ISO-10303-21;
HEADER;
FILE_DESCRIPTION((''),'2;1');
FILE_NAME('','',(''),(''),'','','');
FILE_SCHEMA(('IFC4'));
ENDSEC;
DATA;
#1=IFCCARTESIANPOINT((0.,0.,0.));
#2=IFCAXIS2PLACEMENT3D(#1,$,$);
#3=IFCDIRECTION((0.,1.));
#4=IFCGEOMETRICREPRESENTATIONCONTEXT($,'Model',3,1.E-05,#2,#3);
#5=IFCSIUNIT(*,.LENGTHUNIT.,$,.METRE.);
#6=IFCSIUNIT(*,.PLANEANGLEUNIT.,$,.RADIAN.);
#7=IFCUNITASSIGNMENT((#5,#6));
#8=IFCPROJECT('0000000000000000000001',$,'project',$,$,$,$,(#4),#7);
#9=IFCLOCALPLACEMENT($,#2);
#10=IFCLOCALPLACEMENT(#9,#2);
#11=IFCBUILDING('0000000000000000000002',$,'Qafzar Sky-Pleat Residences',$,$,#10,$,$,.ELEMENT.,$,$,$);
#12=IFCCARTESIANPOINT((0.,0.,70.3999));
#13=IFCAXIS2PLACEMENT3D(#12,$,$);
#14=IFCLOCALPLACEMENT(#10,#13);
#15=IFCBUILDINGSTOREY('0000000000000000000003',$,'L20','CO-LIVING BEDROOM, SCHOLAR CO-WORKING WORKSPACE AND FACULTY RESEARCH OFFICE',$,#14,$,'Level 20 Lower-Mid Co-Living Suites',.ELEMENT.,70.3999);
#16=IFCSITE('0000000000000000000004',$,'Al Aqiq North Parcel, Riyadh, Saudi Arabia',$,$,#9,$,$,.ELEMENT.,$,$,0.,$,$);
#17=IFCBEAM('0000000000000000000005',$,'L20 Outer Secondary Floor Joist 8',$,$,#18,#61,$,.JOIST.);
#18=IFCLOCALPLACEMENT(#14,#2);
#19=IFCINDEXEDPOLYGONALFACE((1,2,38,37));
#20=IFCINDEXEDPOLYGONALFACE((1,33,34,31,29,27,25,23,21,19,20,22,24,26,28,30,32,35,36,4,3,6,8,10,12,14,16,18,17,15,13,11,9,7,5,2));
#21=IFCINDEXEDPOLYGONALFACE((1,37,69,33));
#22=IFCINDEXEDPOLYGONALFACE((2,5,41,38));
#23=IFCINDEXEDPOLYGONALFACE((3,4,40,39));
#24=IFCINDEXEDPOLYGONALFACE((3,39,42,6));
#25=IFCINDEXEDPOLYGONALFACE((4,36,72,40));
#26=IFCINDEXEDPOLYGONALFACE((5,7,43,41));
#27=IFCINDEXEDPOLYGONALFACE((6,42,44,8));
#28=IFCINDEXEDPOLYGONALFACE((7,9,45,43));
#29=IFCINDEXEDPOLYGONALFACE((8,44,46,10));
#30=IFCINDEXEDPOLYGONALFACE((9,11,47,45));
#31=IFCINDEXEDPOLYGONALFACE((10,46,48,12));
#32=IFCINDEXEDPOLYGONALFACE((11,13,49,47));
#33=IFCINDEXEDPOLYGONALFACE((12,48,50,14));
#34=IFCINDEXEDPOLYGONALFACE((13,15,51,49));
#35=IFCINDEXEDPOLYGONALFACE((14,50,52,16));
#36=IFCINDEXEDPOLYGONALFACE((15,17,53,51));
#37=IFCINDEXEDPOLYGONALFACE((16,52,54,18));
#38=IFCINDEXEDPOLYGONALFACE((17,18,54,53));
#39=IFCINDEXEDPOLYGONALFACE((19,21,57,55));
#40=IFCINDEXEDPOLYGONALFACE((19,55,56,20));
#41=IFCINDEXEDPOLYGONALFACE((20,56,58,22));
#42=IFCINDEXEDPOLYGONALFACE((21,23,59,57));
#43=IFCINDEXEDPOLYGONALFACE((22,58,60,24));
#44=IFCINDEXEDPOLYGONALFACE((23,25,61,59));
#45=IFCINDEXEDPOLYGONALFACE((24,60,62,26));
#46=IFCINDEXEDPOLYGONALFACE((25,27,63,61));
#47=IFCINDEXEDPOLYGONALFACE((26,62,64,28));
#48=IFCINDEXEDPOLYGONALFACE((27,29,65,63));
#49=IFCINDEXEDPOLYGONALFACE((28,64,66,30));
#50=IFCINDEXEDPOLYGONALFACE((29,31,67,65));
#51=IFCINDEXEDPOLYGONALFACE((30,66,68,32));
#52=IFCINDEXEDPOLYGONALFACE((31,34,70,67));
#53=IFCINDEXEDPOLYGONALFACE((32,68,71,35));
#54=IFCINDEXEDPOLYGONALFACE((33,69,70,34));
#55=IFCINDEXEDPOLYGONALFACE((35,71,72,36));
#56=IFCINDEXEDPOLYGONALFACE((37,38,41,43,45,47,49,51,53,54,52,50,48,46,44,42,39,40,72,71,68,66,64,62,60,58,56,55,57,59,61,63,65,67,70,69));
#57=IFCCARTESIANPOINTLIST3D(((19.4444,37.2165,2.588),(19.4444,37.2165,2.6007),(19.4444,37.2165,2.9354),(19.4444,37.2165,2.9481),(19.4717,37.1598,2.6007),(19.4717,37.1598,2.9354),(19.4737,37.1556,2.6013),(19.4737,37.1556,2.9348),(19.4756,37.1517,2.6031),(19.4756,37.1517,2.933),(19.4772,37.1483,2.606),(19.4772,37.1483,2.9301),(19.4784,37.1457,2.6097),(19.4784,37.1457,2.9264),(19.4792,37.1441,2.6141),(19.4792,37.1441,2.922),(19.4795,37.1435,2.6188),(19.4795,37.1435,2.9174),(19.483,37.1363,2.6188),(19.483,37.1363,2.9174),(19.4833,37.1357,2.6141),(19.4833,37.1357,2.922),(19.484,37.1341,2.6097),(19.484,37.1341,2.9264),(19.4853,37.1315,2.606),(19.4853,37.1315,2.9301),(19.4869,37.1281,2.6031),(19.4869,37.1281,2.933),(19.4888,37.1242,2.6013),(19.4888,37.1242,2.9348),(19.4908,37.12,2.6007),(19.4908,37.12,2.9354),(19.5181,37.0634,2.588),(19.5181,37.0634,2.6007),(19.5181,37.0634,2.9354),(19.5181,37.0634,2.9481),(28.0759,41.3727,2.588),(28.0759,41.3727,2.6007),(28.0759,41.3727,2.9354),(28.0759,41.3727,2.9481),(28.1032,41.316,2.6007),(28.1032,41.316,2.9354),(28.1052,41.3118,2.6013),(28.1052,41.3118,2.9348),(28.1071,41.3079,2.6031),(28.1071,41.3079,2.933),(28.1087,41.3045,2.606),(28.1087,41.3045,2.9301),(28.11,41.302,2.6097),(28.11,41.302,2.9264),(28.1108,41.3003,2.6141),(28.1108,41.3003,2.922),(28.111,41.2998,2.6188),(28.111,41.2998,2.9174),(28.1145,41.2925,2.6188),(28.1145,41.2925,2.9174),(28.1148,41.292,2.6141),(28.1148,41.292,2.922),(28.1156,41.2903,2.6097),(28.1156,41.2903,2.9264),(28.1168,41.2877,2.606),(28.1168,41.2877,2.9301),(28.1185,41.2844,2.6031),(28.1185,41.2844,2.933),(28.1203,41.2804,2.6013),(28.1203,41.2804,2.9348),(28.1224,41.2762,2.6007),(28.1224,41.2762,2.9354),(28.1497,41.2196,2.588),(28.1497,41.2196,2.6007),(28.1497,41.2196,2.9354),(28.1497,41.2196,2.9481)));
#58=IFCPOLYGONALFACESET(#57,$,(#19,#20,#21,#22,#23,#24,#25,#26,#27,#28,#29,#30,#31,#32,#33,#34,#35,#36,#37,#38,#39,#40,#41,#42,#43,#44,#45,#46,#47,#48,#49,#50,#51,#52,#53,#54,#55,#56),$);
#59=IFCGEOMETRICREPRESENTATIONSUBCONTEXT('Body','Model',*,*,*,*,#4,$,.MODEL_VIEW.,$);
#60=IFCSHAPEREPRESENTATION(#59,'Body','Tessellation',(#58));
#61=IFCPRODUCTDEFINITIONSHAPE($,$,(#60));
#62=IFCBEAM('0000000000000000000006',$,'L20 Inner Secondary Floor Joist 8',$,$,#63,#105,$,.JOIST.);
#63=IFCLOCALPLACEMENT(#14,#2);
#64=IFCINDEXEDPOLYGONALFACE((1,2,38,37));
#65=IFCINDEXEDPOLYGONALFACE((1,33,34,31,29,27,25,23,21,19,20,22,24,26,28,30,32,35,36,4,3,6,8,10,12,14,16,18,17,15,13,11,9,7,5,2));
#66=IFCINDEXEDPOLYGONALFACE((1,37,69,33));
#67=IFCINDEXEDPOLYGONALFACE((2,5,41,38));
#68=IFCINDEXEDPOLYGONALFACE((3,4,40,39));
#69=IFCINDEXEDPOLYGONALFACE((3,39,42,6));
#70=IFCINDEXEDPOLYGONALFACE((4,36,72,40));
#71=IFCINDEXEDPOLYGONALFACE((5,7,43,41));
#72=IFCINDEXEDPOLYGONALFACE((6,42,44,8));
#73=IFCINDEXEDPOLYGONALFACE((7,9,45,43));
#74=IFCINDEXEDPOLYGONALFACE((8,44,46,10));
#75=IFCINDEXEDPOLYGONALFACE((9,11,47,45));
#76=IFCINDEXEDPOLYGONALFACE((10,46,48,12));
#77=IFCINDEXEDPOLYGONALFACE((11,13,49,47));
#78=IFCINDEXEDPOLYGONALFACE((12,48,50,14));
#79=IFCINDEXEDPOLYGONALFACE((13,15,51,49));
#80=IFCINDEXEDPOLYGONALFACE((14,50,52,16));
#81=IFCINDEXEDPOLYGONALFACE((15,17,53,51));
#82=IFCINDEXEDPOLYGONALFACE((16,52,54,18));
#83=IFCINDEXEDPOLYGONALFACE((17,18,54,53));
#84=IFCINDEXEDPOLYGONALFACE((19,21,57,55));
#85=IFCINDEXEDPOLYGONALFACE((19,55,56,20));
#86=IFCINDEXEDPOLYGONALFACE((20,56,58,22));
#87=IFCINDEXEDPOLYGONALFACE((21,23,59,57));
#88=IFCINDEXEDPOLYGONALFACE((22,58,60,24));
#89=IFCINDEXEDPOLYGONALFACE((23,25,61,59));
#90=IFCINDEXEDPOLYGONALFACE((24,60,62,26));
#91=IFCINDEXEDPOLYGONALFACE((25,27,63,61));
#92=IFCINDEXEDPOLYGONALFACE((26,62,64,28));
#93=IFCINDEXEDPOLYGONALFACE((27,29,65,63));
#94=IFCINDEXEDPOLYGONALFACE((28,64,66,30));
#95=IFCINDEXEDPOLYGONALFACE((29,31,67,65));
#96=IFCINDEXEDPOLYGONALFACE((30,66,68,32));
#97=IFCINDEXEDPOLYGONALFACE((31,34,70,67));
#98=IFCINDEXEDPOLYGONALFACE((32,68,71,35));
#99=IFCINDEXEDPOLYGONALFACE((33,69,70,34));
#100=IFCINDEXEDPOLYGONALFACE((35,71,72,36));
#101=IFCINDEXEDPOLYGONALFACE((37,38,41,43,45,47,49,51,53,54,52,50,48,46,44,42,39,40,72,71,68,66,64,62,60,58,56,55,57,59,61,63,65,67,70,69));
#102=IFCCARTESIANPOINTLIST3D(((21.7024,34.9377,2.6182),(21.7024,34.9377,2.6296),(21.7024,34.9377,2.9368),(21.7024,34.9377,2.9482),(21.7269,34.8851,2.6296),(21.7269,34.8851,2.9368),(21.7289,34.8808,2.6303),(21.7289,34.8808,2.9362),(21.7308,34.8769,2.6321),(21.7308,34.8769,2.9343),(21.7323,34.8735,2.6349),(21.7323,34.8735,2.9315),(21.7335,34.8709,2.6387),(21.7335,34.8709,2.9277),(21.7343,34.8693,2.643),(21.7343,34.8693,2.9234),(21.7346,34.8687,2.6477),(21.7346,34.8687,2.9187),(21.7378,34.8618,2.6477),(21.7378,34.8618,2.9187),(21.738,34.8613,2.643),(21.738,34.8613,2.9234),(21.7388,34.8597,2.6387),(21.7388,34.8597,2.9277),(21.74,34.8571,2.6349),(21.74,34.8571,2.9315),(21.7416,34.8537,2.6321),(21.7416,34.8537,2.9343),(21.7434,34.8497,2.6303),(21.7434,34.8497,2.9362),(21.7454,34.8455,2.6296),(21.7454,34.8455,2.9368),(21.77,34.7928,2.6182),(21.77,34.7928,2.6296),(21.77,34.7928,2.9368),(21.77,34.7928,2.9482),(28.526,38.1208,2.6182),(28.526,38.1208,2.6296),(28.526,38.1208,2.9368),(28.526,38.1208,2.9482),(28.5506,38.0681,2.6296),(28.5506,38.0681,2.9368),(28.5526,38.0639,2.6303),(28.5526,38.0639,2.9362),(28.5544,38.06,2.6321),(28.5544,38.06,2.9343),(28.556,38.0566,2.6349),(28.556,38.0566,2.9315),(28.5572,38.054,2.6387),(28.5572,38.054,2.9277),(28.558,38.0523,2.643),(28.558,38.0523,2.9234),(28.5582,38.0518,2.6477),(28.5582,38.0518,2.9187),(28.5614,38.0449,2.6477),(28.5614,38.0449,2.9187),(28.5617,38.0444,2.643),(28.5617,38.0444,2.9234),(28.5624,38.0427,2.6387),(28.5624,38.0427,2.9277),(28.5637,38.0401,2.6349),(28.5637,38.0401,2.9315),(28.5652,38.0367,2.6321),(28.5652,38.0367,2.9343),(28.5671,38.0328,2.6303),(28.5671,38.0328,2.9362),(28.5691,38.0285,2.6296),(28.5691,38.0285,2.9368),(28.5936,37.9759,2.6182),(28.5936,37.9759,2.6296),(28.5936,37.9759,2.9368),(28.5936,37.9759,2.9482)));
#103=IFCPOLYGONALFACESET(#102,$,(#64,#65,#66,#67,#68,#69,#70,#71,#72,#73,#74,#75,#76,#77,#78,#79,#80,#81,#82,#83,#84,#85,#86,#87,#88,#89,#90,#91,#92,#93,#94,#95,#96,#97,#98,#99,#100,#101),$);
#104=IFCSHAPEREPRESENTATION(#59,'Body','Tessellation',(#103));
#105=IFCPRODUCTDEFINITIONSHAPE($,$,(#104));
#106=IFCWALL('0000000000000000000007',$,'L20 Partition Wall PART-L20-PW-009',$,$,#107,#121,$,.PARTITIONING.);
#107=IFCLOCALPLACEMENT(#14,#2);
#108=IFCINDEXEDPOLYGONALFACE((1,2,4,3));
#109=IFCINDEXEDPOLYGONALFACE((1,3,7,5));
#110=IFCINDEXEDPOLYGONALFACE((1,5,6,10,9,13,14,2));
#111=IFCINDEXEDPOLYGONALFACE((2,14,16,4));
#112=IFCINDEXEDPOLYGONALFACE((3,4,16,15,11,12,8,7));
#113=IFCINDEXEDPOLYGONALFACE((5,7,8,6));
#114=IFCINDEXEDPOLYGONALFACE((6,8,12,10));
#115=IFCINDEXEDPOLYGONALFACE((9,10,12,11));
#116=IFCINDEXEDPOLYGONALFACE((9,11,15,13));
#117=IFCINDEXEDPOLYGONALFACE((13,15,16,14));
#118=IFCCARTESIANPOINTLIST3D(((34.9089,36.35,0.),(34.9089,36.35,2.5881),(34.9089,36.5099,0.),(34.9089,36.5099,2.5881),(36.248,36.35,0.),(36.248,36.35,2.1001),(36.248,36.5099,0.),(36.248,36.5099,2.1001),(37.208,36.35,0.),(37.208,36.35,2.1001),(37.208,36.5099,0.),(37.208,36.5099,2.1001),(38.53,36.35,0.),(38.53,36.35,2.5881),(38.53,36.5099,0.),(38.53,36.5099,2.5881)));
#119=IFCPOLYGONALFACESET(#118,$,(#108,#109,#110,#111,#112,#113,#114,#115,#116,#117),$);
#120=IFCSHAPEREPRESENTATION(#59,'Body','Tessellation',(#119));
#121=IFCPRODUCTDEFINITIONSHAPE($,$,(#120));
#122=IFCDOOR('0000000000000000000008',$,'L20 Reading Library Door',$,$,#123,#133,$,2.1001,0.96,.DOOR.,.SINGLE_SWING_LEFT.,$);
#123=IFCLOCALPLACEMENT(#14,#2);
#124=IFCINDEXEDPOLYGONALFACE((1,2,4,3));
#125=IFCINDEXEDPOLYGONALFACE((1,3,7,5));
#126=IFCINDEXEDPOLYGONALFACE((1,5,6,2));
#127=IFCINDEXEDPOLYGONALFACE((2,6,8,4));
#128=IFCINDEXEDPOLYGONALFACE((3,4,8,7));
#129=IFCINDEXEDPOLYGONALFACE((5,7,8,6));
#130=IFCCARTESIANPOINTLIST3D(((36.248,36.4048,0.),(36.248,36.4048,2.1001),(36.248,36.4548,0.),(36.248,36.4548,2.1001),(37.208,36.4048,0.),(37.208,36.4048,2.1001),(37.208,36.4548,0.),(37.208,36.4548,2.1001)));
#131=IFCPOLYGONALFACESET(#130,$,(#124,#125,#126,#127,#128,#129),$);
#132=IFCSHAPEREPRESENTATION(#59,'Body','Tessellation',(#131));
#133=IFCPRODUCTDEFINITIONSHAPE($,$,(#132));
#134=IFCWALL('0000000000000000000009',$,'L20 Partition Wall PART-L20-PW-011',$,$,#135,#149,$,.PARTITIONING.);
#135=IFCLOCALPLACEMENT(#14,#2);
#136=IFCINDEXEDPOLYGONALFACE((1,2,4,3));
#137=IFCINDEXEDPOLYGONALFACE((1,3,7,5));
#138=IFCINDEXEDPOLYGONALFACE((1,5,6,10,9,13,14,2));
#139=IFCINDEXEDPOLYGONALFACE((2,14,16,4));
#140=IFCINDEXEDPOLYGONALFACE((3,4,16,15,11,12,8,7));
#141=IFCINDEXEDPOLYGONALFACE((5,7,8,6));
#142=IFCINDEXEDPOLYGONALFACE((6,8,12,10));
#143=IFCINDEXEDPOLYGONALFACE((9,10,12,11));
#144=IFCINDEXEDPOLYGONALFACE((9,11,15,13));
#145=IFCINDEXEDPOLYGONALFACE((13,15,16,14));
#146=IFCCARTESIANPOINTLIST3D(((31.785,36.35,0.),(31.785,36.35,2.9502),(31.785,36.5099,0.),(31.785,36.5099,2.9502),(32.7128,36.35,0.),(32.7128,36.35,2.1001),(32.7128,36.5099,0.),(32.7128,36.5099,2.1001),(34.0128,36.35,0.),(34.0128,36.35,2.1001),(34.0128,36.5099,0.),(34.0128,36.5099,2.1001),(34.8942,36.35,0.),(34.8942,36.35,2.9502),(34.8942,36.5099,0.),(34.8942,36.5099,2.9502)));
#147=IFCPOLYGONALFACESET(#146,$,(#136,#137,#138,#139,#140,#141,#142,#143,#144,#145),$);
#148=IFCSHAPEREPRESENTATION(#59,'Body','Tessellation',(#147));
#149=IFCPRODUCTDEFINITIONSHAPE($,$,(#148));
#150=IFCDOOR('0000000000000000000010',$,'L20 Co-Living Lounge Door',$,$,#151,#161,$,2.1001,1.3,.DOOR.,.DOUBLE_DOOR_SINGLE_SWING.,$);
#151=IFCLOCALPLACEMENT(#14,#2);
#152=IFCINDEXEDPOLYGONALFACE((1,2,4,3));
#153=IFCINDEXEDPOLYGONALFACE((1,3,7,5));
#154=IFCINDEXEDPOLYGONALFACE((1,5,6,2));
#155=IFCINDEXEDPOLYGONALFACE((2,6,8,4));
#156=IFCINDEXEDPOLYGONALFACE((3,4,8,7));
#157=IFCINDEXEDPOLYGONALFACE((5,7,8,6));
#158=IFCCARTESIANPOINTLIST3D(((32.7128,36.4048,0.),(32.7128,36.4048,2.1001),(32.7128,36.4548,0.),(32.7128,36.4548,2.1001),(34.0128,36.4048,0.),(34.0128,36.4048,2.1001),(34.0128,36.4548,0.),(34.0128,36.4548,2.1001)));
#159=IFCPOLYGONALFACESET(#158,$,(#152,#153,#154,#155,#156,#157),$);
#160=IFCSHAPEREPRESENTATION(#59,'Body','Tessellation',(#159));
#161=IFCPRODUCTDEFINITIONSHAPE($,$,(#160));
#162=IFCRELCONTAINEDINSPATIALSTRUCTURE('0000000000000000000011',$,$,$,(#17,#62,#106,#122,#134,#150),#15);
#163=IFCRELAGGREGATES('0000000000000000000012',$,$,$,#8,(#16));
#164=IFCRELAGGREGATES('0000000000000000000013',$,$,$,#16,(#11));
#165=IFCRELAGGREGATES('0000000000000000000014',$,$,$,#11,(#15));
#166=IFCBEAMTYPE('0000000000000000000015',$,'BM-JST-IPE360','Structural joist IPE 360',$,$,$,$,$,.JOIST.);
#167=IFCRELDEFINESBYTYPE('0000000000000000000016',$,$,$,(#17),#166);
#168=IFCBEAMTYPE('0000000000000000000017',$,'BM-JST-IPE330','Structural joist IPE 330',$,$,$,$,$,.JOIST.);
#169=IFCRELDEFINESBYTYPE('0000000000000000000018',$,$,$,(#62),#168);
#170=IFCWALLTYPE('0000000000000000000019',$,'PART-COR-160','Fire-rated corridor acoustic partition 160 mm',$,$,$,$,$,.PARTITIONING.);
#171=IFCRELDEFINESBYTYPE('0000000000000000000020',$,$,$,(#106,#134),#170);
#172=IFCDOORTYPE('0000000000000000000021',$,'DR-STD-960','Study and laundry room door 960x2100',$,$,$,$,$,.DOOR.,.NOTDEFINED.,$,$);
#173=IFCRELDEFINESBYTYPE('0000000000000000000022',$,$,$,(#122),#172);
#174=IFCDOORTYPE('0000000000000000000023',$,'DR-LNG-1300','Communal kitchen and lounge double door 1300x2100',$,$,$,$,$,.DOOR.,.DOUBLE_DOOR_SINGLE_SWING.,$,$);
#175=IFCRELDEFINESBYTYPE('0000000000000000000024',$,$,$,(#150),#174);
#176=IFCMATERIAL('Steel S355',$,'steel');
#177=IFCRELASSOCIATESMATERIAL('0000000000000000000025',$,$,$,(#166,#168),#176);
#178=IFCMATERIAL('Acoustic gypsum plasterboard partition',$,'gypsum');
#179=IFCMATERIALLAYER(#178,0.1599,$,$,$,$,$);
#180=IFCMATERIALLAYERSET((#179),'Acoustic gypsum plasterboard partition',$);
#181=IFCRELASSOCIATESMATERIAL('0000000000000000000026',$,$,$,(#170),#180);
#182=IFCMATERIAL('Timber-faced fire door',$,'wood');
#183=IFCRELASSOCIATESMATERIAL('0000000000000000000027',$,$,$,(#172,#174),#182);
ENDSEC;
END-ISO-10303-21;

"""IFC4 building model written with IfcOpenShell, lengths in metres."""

from ifc_helpers import new_model, si_unit, direction, frame, frame_2d, origin, origin_2d, place, context, subcontext, project, spatial, rectangle, i_section, extrude, source, transform, mapped, material, layer, layer_set, material_profile, profile_set, type_object, element, fill, save


model = new_model("IFC4")

# Units and contexts
model_context = context("Model", 3, precision=1e-05, world=origin(), true_north=direction((0.0, 1.0)))
body_context = subcontext(model_context, "Body", "Model", "MODEL_VIEW")
ifc_project = project(units=[si_unit("LENGTHUNIT", "METRE"), si_unit("PLANEANGLEUNIT", "RADIAN")], contexts=[model_context])

# Site, building, storey
site_placement = place(None, origin())
site = spatial("IfcSite", under=ifc_project, at=site_placement, Name="Al Aqiq North Parcel, Riyadh, Saudi Arabia", CompositionType="ELEMENT", RefElevation=0.0)
building_placement = place(site_placement, origin())
building = spatial("IfcBuilding", under=site, at=building_placement, Name="Qafzar Sky-Pleat Residences", CompositionType="ELEMENT")
storey_placement = place(building_placement, frame((0.0, 0.0, 70.3999)))
storey = spatial("IfcBuildingStorey", under=building, at=storey_placement, Name="L20", Description="CO-LIVING BEDROOM, SCHOLAR CO-WORKING WORKSPACE AND FACULTY RESEARCH OFFICE", LongName="Level 20 Lower-Mid Co-Living Suites", CompositionType="ELEMENT", Elevation=70.3999)

# Beams
ifc_material_1 = material(Name="Steel S355", Category="steel")
ifc_material_profile_1 = material_profile(ifc_material_1, i_section(OverallWidth=0.1699, OverallDepth=0.3601, WebThickness=0.0081, FlangeThickness=0.0127, FilletRadius=0.0181, at=origin_2d()), Name="IPE 360")
ifc_profile_set_1 = profile_set([ifc_material_profile_1], Name="Steel S355")
beam_type_1 = type_object("IfcBeamType", Name="BM-JST-IPE360", Description="Structural joist IPE 360", PredefinedType="JOIST", material=ifc_profile_set_1)
shared_shape_1 = source(origin(), body_context, "Body", "SweptSolid", [
    extrude(i_section(OverallWidth=0.1699, OverallDepth=0.3601, WebThickness=0.0081, FlangeThickness=0.0127, FilletRadius=0.0181, at=origin_2d()), origin(), (0.0, 0.0, 1.0), 9.5801),
])
beam_1_placement = place(storey_placement, frame((28.1128, 41.2961, 2.7681), z_axis=(-0.900989, -0.433841, 0.0), x_axis=(0.433841, -0.900989, 0.0)))
element("IfcBeam", 1, at=beam_1_placement, inside=storey, type_object=beam_type_1, Name="L20 Outer Secondary Floor Joist 8", PredefinedType="JOIST", context=body_context, shape_type="MappedRepresentation", body=[
    mapped(shared_shape_1, transform((0.0, 0.0, 0.0), x_axis=(1.0, 0.0, 0.0), y_axis=(0.0, 1.0, 0.0), z_axis=(0.0, 0.0, 1.0), scale=1.0)),
])
ifc_material_profile_2 = material_profile(ifc_material_1, i_section(OverallWidth=0.1599, OverallDepth=0.3301, WebThickness=0.0076, FlangeThickness=0.0115, FilletRadius=0.0181, at=origin_2d()), Name="IPE 330")
ifc_profile_set_2 = profile_set([ifc_material_profile_2], Name="Steel S355")
beam_type_2 = type_object("IfcBeamType", Name="BM-JST-IPE330", Description="Structural joist IPE 330", PredefinedType="JOIST", material=ifc_profile_set_2)
shared_shape_2 = source(origin(), body_context, "Body", "SweptSolid", [
    extrude(i_section(OverallWidth=0.1599, OverallDepth=0.3301, WebThickness=0.0076, FlangeThickness=0.0115, FilletRadius=0.0181, at=origin_2d()), origin(), (0.0, 0.0, 1.0), 7.5295),
])
beam_2_placement = place(storey_placement, frame((28.5598, 38.0483, 2.7832), z_axis=(-0.906249, -0.422743, 0.0), x_axis=(0.422743, -0.906249, 0.0)))
element("IfcBeam", 2, at=beam_2_placement, inside=storey, type_object=beam_type_2, Name="L20 Inner Secondary Floor Joist 8", PredefinedType="JOIST", context=body_context, shape_type="MappedRepresentation", body=[
    mapped(shared_shape_2, transform((0.0, 0.0, 0.0), x_axis=(1.0, 0.0, 0.0), y_axis=(0.0, 1.0, 0.0), z_axis=(0.0, 0.0, 1.0), scale=1.0)),
])

# Walls, openings, doors
ifc_material_2 = material(Name="Acoustic gypsum plasterboard partition", Category="gypsum")
ifc_layer_1 = layer(ifc_material_2, 0.1599)
ifc_layer_set_1 = layer_set([ifc_layer_1], Name="Acoustic gypsum plasterboard partition")
wall_type_1 = type_object("IfcWallType", Name="PART-COR-160", Description="Fire-rated corridor acoustic partition 160 mm", PredefinedType="PARTITIONING", material=ifc_layer_set_1)
wall_1_placement = place(storey_placement, frame((34.9089, 36.4299, 0.0), z_axis=(0.0, 0.0, 1.0), x_axis=(1.0, 0.0, 0.0)))
wall_1 = element("IfcWall", 3, at=wall_1_placement, inside=storey, type_object=wall_type_1, Name="L20 Partition Wall PART-L20-PW-009", PredefinedType="PARTITIONING", context=body_context, shape_type="SweptSolid", body=[
    extrude(rectangle(XDim=3.6211, YDim=0.1599, at=frame_2d((1.8105, 0.0))), origin(), (0.0, 0.0, 1.0), 2.5881),
])
opening_1_placement = place(wall_1_placement, frame((1.3391, 0.0, 0.0)))
opening_1 = element("IfcOpeningElement", 4, at=opening_1_placement, cuts=wall_1, PredefinedType="OPENING", context=body_context, shape_type="SweptSolid", body=[
    extrude(rectangle(XDim=0.96, YDim=2.1001, at=frame_2d((0.48, 1.05))), frame((0.0, 0.0898, 0.0), z_axis=(0.0, -1.0, 0.0), x_axis=(1.0, 0.0, 0.0)), (0.0, 0.0, 1.0), 0.1799),
])
ifc_material_3 = material(Name="Timber-faced fire door", Category="wood")
door_type_1 = type_object("IfcDoorType", Name="DR-STD-960", Description="Study and laundry room door 960x2100", OperationType="NOTDEFINED", PredefinedType="DOOR", material=ifc_material_3)
shared_shape_3 = source(origin(), body_context, "Body", "SweptSolid", [
    extrude(rectangle(XDim=0.96, YDim=2.1001, at=frame_2d((0.48, 1.05))), frame((0.0, 0.0249, 0.0), z_axis=(0.0, -1.0, 0.0), x_axis=(1.0, 0.0, 0.0)), (0.0, 0.0, 1.0), 0.05),
])
door_1_placement = place(opening_1_placement, origin())
door_1 = element("IfcDoor", 5, at=door_1_placement, inside=storey, type_object=door_type_1, Name="L20 Reading Library Door", OperationType="SINGLE_SWING_LEFT", OverallHeight=2.1001, OverallWidth=0.96, PredefinedType="DOOR", context=body_context, shape_type="MappedRepresentation", body=[
    mapped(shared_shape_3, transform((0.0, 0.0, 0.0), x_axis=(1.0, 0.0, 0.0), y_axis=(0.0, 1.0, 0.0), z_axis=(0.0, 0.0, 1.0), scale=1.0)),
])
fill(opening_1, door_1)
wall_2_placement = place(storey_placement, frame((31.7849, 36.4299, 0.0), z_axis=(0.0, 0.0, 1.0), x_axis=(1.0, 0.0, 0.0)))
wall_2 = element("IfcWall", 6, at=wall_2_placement, inside=storey, type_object=wall_type_1, Name="L20 Partition Wall PART-L20-PW-011", PredefinedType="PARTITIONING", context=body_context, shape_type="SweptSolid", body=[
    extrude(rectangle(XDim=3.1091, YDim=0.1599, at=frame_2d((1.5547, 0.0))), origin(), (0.0, 0.0, 1.0), 2.9502),
])
opening_2_placement = place(wall_2_placement, frame((0.928, 0.0, 0.0)))
opening_2 = element("IfcOpeningElement", 7, at=opening_2_placement, cuts=wall_2, PredefinedType="OPENING", context=body_context, shape_type="SweptSolid", body=[
    extrude(rectangle(XDim=1.3, YDim=2.1001, at=frame_2d((0.6499, 1.05))), frame((0.0, 0.0898, 0.0), z_axis=(0.0, -1.0, 0.0), x_axis=(1.0, 0.0, 0.0)), (0.0, 0.0, 1.0), 0.1799),
])
door_type_2 = type_object("IfcDoorType", Name="DR-LNG-1300", Description="Communal kitchen and lounge double door 1300x2100", OperationType="DOUBLE_DOOR_SINGLE_SWING", PredefinedType="DOOR", material=ifc_material_3)
shared_shape_4 = source(origin(), body_context, "Body", "SweptSolid", [
    extrude(rectangle(XDim=1.3, YDim=2.1001, at=frame_2d((0.6499, 1.05))), frame((0.0, 0.0249, 0.0), z_axis=(0.0, -1.0, 0.0), x_axis=(1.0, 0.0, 0.0)), (0.0, 0.0, 1.0), 0.05),
])
door_2_placement = place(opening_2_placement, origin())
door_2 = element("IfcDoor", 8, at=door_2_placement, inside=storey, type_object=door_type_2, Name="L20 Co-Living Lounge Door", OperationType="DOUBLE_DOOR_SINGLE_SWING", OverallHeight=2.1001, OverallWidth=1.3, PredefinedType="DOOR", context=body_context, shape_type="MappedRepresentation", body=[
    mapped(shared_shape_4, transform((0.0, 0.0, 0.0), x_axis=(1.0, 0.0, 0.0), y_axis=(0.0, 1.0, 0.0), z_axis=(0.0, 0.0, 1.0), scale=1.0)),
])
fill(opening_2, door_2)

save(model, "model.ifc")
